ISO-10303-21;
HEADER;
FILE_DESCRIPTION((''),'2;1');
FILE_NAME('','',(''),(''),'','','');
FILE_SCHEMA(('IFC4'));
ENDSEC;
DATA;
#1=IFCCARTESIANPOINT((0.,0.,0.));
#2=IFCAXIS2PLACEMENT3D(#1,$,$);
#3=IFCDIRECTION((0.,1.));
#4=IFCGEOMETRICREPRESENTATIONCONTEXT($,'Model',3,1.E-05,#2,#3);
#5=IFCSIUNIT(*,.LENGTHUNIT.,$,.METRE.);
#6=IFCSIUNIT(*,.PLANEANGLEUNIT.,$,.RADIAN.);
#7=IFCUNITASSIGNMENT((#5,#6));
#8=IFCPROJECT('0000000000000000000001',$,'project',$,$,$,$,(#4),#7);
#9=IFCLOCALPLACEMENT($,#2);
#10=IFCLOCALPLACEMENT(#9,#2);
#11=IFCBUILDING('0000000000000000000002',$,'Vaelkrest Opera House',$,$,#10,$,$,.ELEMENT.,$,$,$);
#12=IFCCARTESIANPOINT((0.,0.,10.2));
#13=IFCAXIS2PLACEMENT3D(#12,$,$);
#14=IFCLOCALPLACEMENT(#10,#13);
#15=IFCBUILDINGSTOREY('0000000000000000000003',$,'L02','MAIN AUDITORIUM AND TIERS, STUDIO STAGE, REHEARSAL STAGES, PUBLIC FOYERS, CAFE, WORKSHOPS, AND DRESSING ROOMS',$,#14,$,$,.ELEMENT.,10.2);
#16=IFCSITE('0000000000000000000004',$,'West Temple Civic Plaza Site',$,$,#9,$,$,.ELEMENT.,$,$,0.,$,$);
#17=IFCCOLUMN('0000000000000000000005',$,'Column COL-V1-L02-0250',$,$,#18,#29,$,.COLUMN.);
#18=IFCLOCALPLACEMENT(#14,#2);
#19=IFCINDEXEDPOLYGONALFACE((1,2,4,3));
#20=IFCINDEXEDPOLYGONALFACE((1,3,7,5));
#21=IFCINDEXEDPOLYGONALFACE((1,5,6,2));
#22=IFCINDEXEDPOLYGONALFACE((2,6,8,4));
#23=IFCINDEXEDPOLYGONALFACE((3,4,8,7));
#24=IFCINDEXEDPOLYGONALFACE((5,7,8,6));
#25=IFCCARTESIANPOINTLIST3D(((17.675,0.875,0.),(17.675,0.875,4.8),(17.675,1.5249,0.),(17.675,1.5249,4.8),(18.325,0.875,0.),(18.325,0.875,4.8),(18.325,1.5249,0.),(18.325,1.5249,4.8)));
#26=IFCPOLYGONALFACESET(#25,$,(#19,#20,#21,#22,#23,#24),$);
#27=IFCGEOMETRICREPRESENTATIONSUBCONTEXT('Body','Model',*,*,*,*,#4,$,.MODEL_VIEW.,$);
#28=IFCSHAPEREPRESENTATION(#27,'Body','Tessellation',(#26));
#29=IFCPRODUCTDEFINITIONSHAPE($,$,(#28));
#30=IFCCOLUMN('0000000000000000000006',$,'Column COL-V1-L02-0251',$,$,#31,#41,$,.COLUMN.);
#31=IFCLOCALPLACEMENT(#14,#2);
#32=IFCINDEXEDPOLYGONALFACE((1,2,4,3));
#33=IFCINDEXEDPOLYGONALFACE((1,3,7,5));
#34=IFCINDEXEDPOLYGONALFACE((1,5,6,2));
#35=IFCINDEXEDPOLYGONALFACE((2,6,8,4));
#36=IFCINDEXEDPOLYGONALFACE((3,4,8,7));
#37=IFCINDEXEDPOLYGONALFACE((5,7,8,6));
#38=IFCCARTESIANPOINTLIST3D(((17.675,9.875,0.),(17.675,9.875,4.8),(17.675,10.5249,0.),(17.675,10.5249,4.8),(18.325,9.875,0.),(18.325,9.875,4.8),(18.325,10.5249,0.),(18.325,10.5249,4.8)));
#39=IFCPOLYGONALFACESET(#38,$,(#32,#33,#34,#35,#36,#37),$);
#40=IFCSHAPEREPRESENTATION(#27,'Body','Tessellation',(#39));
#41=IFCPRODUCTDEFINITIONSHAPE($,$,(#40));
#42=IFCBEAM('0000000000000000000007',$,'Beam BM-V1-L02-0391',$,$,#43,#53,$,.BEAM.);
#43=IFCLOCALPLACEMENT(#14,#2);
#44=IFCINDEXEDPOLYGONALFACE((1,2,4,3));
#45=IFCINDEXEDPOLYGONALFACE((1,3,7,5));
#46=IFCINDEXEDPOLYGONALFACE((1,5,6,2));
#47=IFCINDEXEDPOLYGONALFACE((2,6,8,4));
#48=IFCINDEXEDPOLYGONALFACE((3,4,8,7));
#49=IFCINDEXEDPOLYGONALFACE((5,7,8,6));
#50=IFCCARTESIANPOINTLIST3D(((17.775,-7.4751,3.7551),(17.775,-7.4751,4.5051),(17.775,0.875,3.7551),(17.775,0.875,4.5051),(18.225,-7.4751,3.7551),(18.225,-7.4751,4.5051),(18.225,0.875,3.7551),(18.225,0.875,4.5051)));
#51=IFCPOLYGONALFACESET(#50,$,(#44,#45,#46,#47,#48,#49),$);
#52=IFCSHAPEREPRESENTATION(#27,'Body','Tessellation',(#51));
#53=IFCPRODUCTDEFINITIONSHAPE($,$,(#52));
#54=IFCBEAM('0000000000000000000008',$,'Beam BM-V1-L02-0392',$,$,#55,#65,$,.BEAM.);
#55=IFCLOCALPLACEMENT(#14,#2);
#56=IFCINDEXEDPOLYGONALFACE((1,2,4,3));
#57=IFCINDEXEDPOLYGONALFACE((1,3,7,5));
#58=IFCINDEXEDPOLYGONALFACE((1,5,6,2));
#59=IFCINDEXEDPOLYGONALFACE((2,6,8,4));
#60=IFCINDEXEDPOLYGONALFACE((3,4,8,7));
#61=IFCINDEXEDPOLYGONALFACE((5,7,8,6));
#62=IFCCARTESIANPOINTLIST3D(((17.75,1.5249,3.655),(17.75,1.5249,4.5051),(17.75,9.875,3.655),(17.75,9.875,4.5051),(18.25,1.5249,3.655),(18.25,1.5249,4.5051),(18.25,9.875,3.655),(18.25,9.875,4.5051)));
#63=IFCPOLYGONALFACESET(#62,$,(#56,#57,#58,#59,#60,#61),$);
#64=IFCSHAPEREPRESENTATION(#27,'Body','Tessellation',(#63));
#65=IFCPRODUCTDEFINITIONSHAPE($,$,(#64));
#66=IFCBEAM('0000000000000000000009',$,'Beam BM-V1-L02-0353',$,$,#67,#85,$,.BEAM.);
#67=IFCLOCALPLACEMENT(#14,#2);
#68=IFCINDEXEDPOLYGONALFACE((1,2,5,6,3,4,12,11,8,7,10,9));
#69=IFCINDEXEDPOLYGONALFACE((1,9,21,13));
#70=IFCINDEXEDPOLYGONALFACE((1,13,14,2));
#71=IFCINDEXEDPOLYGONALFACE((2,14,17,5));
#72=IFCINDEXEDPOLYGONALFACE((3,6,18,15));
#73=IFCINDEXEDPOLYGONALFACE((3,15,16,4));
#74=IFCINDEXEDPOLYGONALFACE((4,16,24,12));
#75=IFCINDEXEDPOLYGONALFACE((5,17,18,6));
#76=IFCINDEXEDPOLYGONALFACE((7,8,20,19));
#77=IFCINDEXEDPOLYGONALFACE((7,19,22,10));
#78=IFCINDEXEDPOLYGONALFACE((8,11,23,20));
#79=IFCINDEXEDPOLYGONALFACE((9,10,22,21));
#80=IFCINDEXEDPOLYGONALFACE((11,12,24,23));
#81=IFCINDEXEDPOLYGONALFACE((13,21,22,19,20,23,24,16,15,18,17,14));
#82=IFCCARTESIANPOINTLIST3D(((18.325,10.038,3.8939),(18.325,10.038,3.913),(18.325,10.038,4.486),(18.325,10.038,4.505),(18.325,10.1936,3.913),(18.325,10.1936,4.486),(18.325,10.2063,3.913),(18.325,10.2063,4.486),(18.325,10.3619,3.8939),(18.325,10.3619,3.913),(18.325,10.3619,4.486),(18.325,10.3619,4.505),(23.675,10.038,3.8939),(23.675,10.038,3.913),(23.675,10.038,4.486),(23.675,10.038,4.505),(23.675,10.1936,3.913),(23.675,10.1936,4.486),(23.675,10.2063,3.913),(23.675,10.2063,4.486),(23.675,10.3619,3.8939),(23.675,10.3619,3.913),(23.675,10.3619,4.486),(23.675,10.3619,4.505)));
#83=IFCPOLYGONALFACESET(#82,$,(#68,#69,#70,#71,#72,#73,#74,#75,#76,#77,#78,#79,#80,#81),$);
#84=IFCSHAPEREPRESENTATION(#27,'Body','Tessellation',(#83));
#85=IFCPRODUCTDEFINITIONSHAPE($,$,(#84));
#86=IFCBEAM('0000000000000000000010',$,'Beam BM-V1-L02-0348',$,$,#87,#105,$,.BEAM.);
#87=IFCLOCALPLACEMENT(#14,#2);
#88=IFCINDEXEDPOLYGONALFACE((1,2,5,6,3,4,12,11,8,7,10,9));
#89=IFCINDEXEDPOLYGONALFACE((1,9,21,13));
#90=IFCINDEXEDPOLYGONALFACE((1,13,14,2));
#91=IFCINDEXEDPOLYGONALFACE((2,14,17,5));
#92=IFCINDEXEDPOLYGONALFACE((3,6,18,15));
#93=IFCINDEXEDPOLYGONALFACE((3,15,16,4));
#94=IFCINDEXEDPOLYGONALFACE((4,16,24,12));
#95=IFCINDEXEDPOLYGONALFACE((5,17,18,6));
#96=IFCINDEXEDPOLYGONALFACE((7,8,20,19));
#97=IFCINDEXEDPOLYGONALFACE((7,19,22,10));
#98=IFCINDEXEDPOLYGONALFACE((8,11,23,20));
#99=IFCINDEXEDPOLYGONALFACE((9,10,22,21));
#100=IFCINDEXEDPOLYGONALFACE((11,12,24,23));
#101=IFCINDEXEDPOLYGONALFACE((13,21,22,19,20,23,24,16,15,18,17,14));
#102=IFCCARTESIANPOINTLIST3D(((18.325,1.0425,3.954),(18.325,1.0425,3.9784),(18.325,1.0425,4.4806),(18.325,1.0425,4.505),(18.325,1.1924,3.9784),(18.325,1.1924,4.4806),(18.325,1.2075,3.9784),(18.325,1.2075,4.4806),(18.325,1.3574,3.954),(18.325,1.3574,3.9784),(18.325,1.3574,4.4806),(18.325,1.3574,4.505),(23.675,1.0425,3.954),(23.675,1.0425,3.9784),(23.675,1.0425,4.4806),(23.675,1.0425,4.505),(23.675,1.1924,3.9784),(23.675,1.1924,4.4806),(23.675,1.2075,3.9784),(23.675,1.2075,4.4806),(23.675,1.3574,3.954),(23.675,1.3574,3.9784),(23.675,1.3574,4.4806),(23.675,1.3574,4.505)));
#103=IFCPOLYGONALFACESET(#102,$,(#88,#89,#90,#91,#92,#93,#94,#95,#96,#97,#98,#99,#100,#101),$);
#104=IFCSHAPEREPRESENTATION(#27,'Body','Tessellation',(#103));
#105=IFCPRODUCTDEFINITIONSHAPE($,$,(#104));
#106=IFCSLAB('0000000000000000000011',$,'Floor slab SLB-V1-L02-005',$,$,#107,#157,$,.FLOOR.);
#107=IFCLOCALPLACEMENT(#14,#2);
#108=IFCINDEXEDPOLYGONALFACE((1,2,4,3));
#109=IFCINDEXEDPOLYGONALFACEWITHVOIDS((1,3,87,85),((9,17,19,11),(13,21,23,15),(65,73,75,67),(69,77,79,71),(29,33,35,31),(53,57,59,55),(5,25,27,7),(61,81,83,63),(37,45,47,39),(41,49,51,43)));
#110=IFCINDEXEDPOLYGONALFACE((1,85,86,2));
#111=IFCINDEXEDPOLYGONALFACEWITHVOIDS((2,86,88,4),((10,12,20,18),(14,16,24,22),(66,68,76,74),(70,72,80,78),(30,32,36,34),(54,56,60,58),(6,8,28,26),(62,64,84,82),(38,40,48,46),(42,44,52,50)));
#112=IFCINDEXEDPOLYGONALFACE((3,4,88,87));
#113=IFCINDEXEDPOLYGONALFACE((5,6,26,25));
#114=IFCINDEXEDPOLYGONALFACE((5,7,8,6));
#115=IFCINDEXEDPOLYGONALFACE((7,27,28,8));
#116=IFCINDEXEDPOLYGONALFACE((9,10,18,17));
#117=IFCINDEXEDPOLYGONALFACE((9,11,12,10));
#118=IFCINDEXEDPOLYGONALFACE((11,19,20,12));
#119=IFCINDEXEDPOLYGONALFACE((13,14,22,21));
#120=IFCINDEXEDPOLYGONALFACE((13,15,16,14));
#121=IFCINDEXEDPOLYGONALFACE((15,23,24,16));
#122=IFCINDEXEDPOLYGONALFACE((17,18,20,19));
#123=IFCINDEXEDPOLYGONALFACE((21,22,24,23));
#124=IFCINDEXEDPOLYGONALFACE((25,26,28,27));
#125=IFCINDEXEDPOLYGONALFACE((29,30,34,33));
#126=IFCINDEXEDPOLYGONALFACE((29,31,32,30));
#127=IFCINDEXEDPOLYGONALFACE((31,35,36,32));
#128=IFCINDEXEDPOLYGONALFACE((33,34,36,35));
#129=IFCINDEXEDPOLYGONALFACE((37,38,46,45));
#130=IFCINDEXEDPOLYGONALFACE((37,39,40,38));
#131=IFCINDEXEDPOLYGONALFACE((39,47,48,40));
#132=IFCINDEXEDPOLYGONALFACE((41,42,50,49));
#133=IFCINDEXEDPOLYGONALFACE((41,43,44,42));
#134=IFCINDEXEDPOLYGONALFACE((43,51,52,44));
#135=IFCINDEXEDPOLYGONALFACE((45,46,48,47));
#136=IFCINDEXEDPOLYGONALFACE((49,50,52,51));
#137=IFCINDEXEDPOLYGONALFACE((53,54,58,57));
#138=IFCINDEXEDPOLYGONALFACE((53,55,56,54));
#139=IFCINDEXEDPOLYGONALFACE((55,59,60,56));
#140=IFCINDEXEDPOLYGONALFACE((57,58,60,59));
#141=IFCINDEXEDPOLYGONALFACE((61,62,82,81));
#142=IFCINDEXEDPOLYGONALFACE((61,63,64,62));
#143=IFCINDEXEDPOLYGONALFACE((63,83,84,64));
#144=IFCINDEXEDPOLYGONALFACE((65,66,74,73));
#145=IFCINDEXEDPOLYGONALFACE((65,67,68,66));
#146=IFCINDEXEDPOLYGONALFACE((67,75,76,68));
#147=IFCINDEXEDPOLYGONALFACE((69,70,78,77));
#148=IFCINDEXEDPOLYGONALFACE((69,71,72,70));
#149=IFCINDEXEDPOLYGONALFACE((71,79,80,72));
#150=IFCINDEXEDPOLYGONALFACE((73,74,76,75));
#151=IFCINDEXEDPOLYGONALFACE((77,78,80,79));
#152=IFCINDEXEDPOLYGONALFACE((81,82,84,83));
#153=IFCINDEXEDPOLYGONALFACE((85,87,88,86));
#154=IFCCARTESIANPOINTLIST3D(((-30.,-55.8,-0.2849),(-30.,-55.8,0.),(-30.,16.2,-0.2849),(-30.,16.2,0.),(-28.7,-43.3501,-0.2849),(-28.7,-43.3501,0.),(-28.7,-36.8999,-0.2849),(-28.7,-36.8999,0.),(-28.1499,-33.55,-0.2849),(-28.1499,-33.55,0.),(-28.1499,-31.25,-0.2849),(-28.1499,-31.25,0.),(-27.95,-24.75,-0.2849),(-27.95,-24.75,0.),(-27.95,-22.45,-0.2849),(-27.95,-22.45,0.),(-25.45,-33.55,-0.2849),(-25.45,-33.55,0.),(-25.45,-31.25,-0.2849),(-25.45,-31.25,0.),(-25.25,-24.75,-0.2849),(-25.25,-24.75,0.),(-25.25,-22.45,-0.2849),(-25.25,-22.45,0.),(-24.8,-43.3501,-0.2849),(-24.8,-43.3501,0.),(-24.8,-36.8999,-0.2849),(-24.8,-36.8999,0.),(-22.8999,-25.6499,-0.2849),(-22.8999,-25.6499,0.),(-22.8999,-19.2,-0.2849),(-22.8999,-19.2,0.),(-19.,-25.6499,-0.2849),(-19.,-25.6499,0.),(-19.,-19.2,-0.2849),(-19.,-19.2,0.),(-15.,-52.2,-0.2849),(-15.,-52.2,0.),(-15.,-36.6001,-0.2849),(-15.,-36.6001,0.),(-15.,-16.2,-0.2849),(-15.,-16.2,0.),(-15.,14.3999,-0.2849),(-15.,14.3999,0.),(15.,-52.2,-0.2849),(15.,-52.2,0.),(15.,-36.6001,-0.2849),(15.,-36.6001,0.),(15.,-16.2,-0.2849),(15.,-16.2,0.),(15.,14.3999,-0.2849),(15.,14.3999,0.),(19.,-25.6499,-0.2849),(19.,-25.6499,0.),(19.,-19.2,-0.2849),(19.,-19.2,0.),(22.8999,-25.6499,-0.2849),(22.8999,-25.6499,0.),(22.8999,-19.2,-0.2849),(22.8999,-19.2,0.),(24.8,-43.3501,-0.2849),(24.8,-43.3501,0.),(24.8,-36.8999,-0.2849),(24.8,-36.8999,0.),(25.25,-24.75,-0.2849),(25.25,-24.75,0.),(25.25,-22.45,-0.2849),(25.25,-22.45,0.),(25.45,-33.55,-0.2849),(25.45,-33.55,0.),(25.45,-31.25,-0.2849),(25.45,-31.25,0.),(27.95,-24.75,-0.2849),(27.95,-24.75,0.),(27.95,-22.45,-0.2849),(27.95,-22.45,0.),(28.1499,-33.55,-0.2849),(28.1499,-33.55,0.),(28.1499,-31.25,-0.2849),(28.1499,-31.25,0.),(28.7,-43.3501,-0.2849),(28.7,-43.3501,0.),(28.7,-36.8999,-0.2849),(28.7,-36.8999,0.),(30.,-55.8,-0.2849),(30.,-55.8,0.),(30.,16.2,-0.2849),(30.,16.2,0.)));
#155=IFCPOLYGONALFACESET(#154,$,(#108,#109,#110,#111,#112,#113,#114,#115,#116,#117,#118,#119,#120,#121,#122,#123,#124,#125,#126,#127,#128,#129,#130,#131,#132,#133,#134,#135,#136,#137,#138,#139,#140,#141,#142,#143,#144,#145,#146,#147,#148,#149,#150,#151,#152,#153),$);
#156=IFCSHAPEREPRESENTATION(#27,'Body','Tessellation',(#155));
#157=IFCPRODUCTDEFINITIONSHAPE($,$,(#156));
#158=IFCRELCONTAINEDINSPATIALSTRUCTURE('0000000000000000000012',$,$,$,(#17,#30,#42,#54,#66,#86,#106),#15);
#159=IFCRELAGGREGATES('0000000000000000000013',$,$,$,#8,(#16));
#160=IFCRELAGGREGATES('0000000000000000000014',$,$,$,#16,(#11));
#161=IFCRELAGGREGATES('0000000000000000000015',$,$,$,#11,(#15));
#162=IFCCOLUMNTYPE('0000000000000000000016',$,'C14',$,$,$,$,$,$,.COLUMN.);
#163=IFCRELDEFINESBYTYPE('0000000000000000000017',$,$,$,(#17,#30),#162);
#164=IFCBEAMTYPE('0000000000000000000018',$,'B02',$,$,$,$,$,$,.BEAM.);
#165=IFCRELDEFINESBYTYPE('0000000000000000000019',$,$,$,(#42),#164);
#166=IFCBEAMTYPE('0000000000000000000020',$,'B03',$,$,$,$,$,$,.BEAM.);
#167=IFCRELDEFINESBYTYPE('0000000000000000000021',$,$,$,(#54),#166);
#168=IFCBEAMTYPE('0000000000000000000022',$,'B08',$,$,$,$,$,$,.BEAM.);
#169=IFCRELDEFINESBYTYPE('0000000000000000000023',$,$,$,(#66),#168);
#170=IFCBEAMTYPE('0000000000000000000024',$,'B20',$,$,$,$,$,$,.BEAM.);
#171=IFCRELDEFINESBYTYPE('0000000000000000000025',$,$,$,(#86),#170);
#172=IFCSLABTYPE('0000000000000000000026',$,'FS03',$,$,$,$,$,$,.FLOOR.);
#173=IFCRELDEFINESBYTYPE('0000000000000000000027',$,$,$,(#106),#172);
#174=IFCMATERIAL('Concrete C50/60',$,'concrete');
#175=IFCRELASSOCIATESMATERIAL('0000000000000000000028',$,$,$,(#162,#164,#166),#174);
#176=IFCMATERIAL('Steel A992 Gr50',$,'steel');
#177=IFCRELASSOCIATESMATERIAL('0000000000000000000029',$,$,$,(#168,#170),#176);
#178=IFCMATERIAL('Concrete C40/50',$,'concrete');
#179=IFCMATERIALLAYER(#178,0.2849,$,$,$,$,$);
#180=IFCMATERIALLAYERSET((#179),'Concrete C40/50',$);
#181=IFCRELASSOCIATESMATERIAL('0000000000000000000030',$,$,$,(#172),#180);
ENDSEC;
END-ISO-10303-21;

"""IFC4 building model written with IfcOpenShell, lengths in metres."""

from ifc_helpers import new_model, si_unit, direction, frame, origin, origin_2d, place, context, subcontext, project, spatial, polyline, rectangle, i_section, outline, extrude, material, layer, layer_set, material_profile, profile_set, type_object, element, save


model = new_model("IFC4")

# Units and contexts
model_context = context("Model", 3, precision=1e-05, world=origin(), true_north=direction((0.0, 1.0)))
body_context = subcontext(model_context, "Body", "Model", "MODEL_VIEW")
ifc_project = project(units=[si_unit("LENGTHUNIT", "METRE"), si_unit("PLANEANGLEUNIT", "RADIAN")], contexts=[model_context])

# Site, building, storey
site_placement = place(None, origin())
site = spatial("IfcSite", under=ifc_project, at=site_placement, Name="West Temple Civic Plaza Site", CompositionType="ELEMENT", RefElevation=0.0)
building_placement = place(site_placement, origin())
building = spatial("IfcBuilding", under=site, at=building_placement, Name="Vaelkrest Opera House", CompositionType="ELEMENT")
storey_placement = place(building_placement, frame((0.0, 0.0, 10.2)))
storey = spatial("IfcBuildingStorey", under=building, at=storey_placement, Name="L02", Description="MAIN AUDITORIUM AND TIERS, STUDIO STAGE, REHEARSAL STAGES, PUBLIC FOYERS, CAFE, WORKSHOPS, AND DRESSING ROOMS", CompositionType="ELEMENT", Elevation=10.2)

# Columns
ifc_material_1 = material(Name="Concrete C50/60", Category="concrete")
ifc_material_profile_1 = material_profile(ifc_material_1, rectangle(XDim=0.6499, YDim=0.6499, at=origin_2d()), Name="RC650X650")
ifc_profile_set_1 = profile_set([ifc_material_profile_1], Name="Concrete C50/60")
column_type = type_object("IfcColumnType", Name="C14", PredefinedType="COLUMN", material=ifc_profile_set_1)
for number, where, z_axis, x_axis, name in (
    (1, (18.0, 1.2, 0.0), (0.0, 0.0, 1.0), (1.0, 0.0, 0.0), "Column COL-V1-L02-0250"),
    (2, (18.0, 10.2, 0.0), (0.0, 0.0, 1.0), (1.0, 0.0, 0.0), "Column COL-V1-L02-0251"),
):
    element("IfcColumn", number, at=place(storey_placement, frame(where, z_axis=z_axis, x_axis=x_axis)), inside=storey, type_object=column_type, Name=name, PredefinedType="COLUMN", context=body_context, shape_type="SweptSolid", body=[
        extrude(rectangle(XDim=0.6499, YDim=0.6499, at=origin_2d()), origin(), (0.0, 0.0, 1.0), 4.8),
    ])

# Beams
ifc_material_profile_2 = material_profile(ifc_material_1, rectangle(XDim=0.45, YDim=0.75, at=origin_2d()), Name="RCB450X750")
ifc_profile_set_2 = profile_set([ifc_material_profile_2], Name="Concrete C50/60")
beam_type_1 = type_object("IfcBeamType", Name="B02", PredefinedType="BEAM", material=ifc_profile_set_2)
beam_1_placement = place(storey_placement, frame((18.0, -7.4751, 4.1301), z_axis=(0.0, 1.0, 0.0), x_axis=(-1.0, 0.0, 0.0)))
element("IfcBeam", 3, at=beam_1_placement, inside=storey, type_object=beam_type_1, Name="Beam BM-V1-L02-0391", PredefinedType="BEAM", context=body_context, shape_type="SweptSolid", body=[
    extrude(rectangle(XDim=0.45, YDim=0.75, at=origin_2d()), origin(), (0.0, 0.0, 1.0), 8.3501),
])
ifc_material_profile_3 = material_profile(ifc_material_1, rectangle(XDim=0.5, YDim=0.8501, at=origin_2d()), Name="RCB500X850")
ifc_profile_set_3 = profile_set([ifc_material_profile_3], Name="Concrete C50/60")
beam_type_2 = type_object("IfcBeamType", Name="B03", PredefinedType="BEAM", material=ifc_profile_set_3)
beam_2_placement = place(storey_placement, frame((18.0, 1.5249, 4.0801), z_axis=(0.0, 1.0, 0.0), x_axis=(-1.0, 0.0, 0.0)))
element("IfcBeam", 4, at=beam_2_placement, inside=storey, type_object=beam_type_2, Name="Beam BM-V1-L02-0392", PredefinedType="BEAM", context=body_context, shape_type="SweptSolid", body=[
    extrude(rectangle(XDim=0.5, YDim=0.8501, at=origin_2d()), origin(), (0.0, 0.0, 1.0), 8.3501),
])
ifc_material_2 = material(Name="Steel A992 Gr50", Category="steel")
ifc_material_profile_4 = material_profile(ifc_material_2, i_section(OverallWidth=0.324, OverallDepth=0.6111, WebThickness=0.0127, FlangeThickness=0.019, at=origin_2d()), Name="W24X104")
ifc_profile_set_4 = profile_set([ifc_material_profile_4], Name="Steel A992 Gr50")
beam_type_3 = type_object("IfcBeamType", Name="B08", PredefinedType="BEAM", material=ifc_profile_set_4)
beam_3_placement = place(storey_placement, frame((18.325, 10.2, 4.1995), z_axis=(1.0, 0.0, 0.0), x_axis=(0.0, 1.0, 0.0)))
element("IfcBeam", 5, at=beam_3_placement, inside=storey, type_object=beam_type_3, Name="Beam BM-V1-L02-0353", PredefinedType="BEAM", context=body_context, shape_type="SweptSolid", body=[
    extrude(i_section(OverallWidth=0.324, OverallDepth=0.6111, WebThickness=0.0127, FlangeThickness=0.019, at=origin_2d()), origin(), (0.0, 0.0, 1.0), 5.3501),
])
ifc_material_profile_5 = material_profile(ifc_material_2, i_section(OverallWidth=0.3149, OverallDepth=0.551, WebThickness=0.0151, FlangeThickness=0.0244, at=origin_2d()), Name="W21X122")
ifc_profile_set_5 = profile_set([ifc_material_profile_5], Name="Steel A992 Gr50")
beam_type_4 = type_object("IfcBeamType", Name="B20", PredefinedType="BEAM", material=ifc_profile_set_5)
beam_4_placement = place(storey_placement, frame((18.325, 1.2, 4.2295), z_axis=(1.0, 0.0, 0.0), x_axis=(0.0, 1.0, 0.0)))
element("IfcBeam", 6, at=beam_4_placement, inside=storey, type_object=beam_type_4, Name="Beam BM-V1-L02-0348", PredefinedType="BEAM", context=body_context, shape_type="SweptSolid", body=[
    extrude(i_section(OverallWidth=0.3149, OverallDepth=0.551, WebThickness=0.0151, FlangeThickness=0.0244, at=origin_2d()), origin(), (0.0, 0.0, 1.0), 5.3501),
])

# Slab
ifc_material_3 = material(Name="Concrete C40/50", Category="concrete")
ifc_layer_1 = layer(ifc_material_3, 0.2849)
ifc_layer_set_1 = layer_set([ifc_layer_1], Name="Concrete C40/50")
slab_type_1 = type_object("IfcSlabType", Name="FS03", PredefinedType="FLOOR", material=ifc_layer_set_1)
slab_1_placement = place(storey_placement, frame((0.0, 0.0, -0.2849)))
element("IfcSlab", 7, at=slab_1_placement, inside=storey, type_object=slab_type_1, Name="Floor slab SLB-V1-L02-005", PredefinedType="FLOOR", context=body_context, shape_type="SweptSolid", body=[
    extrude(outline(polyline([(-30.0, -55.8), (30.0, -55.8), (30.0, 16.2), (-30.0, 16.2), (-30.0, -55.8)]), holes=[polyline([(-15.0, -16.2), (15.0, -16.2), (15.0, 14.3999), (-15.0, 14.3999), (-15.0, -16.2)]), polyline([(-15.0, -52.2), (15.0, -52.2), (15.0, -36.6001), (-15.0, -36.6001), (-15.0, -52.2)]), polyline([(-19.0, -25.6499), (-19.0, -19.2), (-22.8999, -19.2), (-22.8999, -25.6499), (-19.0, -25.6499)]), polyline([(22.8999, -25.6499), (22.8999, -19.2), (19.0, -19.2), (19.0, -25.6499), (22.8999, -25.6499)]), polyline([(-24.8, -43.3501), (-24.8, -36.8999), (-28.7, -36.8999), (-28.7, -43.3501), (-24.8, -43.3501)]), polyline([(28.7, -43.3501), (28.7, -36.8999), (24.8, -36.8999), (24.8, -43.3501), (28.7, -43.3501)]), polyline([(-27.95, -24.75), (-25.25, -24.75), (-25.25, -22.45), (-27.95, -22.45), (-27.95, -24.75)]), polyline([(25.25, -24.75), (27.95, -24.75), (27.95, -22.45), (25.25, -22.45), (25.25, -24.75)]), polyline([(-28.1499, -33.55), (-25.45, -33.55), (-25.45, -31.25), (-28.1499, -31.25), (-28.1499, -33.55)]), polyline([(25.45, -33.55), (28.1499, -33.55), (28.1499, -31.25), (25.45, -31.25), (25.45, -33.55)])]), origin(), (0.0, 0.0, 1.0), 0.2849),
])

save(model, "model.ifc")
